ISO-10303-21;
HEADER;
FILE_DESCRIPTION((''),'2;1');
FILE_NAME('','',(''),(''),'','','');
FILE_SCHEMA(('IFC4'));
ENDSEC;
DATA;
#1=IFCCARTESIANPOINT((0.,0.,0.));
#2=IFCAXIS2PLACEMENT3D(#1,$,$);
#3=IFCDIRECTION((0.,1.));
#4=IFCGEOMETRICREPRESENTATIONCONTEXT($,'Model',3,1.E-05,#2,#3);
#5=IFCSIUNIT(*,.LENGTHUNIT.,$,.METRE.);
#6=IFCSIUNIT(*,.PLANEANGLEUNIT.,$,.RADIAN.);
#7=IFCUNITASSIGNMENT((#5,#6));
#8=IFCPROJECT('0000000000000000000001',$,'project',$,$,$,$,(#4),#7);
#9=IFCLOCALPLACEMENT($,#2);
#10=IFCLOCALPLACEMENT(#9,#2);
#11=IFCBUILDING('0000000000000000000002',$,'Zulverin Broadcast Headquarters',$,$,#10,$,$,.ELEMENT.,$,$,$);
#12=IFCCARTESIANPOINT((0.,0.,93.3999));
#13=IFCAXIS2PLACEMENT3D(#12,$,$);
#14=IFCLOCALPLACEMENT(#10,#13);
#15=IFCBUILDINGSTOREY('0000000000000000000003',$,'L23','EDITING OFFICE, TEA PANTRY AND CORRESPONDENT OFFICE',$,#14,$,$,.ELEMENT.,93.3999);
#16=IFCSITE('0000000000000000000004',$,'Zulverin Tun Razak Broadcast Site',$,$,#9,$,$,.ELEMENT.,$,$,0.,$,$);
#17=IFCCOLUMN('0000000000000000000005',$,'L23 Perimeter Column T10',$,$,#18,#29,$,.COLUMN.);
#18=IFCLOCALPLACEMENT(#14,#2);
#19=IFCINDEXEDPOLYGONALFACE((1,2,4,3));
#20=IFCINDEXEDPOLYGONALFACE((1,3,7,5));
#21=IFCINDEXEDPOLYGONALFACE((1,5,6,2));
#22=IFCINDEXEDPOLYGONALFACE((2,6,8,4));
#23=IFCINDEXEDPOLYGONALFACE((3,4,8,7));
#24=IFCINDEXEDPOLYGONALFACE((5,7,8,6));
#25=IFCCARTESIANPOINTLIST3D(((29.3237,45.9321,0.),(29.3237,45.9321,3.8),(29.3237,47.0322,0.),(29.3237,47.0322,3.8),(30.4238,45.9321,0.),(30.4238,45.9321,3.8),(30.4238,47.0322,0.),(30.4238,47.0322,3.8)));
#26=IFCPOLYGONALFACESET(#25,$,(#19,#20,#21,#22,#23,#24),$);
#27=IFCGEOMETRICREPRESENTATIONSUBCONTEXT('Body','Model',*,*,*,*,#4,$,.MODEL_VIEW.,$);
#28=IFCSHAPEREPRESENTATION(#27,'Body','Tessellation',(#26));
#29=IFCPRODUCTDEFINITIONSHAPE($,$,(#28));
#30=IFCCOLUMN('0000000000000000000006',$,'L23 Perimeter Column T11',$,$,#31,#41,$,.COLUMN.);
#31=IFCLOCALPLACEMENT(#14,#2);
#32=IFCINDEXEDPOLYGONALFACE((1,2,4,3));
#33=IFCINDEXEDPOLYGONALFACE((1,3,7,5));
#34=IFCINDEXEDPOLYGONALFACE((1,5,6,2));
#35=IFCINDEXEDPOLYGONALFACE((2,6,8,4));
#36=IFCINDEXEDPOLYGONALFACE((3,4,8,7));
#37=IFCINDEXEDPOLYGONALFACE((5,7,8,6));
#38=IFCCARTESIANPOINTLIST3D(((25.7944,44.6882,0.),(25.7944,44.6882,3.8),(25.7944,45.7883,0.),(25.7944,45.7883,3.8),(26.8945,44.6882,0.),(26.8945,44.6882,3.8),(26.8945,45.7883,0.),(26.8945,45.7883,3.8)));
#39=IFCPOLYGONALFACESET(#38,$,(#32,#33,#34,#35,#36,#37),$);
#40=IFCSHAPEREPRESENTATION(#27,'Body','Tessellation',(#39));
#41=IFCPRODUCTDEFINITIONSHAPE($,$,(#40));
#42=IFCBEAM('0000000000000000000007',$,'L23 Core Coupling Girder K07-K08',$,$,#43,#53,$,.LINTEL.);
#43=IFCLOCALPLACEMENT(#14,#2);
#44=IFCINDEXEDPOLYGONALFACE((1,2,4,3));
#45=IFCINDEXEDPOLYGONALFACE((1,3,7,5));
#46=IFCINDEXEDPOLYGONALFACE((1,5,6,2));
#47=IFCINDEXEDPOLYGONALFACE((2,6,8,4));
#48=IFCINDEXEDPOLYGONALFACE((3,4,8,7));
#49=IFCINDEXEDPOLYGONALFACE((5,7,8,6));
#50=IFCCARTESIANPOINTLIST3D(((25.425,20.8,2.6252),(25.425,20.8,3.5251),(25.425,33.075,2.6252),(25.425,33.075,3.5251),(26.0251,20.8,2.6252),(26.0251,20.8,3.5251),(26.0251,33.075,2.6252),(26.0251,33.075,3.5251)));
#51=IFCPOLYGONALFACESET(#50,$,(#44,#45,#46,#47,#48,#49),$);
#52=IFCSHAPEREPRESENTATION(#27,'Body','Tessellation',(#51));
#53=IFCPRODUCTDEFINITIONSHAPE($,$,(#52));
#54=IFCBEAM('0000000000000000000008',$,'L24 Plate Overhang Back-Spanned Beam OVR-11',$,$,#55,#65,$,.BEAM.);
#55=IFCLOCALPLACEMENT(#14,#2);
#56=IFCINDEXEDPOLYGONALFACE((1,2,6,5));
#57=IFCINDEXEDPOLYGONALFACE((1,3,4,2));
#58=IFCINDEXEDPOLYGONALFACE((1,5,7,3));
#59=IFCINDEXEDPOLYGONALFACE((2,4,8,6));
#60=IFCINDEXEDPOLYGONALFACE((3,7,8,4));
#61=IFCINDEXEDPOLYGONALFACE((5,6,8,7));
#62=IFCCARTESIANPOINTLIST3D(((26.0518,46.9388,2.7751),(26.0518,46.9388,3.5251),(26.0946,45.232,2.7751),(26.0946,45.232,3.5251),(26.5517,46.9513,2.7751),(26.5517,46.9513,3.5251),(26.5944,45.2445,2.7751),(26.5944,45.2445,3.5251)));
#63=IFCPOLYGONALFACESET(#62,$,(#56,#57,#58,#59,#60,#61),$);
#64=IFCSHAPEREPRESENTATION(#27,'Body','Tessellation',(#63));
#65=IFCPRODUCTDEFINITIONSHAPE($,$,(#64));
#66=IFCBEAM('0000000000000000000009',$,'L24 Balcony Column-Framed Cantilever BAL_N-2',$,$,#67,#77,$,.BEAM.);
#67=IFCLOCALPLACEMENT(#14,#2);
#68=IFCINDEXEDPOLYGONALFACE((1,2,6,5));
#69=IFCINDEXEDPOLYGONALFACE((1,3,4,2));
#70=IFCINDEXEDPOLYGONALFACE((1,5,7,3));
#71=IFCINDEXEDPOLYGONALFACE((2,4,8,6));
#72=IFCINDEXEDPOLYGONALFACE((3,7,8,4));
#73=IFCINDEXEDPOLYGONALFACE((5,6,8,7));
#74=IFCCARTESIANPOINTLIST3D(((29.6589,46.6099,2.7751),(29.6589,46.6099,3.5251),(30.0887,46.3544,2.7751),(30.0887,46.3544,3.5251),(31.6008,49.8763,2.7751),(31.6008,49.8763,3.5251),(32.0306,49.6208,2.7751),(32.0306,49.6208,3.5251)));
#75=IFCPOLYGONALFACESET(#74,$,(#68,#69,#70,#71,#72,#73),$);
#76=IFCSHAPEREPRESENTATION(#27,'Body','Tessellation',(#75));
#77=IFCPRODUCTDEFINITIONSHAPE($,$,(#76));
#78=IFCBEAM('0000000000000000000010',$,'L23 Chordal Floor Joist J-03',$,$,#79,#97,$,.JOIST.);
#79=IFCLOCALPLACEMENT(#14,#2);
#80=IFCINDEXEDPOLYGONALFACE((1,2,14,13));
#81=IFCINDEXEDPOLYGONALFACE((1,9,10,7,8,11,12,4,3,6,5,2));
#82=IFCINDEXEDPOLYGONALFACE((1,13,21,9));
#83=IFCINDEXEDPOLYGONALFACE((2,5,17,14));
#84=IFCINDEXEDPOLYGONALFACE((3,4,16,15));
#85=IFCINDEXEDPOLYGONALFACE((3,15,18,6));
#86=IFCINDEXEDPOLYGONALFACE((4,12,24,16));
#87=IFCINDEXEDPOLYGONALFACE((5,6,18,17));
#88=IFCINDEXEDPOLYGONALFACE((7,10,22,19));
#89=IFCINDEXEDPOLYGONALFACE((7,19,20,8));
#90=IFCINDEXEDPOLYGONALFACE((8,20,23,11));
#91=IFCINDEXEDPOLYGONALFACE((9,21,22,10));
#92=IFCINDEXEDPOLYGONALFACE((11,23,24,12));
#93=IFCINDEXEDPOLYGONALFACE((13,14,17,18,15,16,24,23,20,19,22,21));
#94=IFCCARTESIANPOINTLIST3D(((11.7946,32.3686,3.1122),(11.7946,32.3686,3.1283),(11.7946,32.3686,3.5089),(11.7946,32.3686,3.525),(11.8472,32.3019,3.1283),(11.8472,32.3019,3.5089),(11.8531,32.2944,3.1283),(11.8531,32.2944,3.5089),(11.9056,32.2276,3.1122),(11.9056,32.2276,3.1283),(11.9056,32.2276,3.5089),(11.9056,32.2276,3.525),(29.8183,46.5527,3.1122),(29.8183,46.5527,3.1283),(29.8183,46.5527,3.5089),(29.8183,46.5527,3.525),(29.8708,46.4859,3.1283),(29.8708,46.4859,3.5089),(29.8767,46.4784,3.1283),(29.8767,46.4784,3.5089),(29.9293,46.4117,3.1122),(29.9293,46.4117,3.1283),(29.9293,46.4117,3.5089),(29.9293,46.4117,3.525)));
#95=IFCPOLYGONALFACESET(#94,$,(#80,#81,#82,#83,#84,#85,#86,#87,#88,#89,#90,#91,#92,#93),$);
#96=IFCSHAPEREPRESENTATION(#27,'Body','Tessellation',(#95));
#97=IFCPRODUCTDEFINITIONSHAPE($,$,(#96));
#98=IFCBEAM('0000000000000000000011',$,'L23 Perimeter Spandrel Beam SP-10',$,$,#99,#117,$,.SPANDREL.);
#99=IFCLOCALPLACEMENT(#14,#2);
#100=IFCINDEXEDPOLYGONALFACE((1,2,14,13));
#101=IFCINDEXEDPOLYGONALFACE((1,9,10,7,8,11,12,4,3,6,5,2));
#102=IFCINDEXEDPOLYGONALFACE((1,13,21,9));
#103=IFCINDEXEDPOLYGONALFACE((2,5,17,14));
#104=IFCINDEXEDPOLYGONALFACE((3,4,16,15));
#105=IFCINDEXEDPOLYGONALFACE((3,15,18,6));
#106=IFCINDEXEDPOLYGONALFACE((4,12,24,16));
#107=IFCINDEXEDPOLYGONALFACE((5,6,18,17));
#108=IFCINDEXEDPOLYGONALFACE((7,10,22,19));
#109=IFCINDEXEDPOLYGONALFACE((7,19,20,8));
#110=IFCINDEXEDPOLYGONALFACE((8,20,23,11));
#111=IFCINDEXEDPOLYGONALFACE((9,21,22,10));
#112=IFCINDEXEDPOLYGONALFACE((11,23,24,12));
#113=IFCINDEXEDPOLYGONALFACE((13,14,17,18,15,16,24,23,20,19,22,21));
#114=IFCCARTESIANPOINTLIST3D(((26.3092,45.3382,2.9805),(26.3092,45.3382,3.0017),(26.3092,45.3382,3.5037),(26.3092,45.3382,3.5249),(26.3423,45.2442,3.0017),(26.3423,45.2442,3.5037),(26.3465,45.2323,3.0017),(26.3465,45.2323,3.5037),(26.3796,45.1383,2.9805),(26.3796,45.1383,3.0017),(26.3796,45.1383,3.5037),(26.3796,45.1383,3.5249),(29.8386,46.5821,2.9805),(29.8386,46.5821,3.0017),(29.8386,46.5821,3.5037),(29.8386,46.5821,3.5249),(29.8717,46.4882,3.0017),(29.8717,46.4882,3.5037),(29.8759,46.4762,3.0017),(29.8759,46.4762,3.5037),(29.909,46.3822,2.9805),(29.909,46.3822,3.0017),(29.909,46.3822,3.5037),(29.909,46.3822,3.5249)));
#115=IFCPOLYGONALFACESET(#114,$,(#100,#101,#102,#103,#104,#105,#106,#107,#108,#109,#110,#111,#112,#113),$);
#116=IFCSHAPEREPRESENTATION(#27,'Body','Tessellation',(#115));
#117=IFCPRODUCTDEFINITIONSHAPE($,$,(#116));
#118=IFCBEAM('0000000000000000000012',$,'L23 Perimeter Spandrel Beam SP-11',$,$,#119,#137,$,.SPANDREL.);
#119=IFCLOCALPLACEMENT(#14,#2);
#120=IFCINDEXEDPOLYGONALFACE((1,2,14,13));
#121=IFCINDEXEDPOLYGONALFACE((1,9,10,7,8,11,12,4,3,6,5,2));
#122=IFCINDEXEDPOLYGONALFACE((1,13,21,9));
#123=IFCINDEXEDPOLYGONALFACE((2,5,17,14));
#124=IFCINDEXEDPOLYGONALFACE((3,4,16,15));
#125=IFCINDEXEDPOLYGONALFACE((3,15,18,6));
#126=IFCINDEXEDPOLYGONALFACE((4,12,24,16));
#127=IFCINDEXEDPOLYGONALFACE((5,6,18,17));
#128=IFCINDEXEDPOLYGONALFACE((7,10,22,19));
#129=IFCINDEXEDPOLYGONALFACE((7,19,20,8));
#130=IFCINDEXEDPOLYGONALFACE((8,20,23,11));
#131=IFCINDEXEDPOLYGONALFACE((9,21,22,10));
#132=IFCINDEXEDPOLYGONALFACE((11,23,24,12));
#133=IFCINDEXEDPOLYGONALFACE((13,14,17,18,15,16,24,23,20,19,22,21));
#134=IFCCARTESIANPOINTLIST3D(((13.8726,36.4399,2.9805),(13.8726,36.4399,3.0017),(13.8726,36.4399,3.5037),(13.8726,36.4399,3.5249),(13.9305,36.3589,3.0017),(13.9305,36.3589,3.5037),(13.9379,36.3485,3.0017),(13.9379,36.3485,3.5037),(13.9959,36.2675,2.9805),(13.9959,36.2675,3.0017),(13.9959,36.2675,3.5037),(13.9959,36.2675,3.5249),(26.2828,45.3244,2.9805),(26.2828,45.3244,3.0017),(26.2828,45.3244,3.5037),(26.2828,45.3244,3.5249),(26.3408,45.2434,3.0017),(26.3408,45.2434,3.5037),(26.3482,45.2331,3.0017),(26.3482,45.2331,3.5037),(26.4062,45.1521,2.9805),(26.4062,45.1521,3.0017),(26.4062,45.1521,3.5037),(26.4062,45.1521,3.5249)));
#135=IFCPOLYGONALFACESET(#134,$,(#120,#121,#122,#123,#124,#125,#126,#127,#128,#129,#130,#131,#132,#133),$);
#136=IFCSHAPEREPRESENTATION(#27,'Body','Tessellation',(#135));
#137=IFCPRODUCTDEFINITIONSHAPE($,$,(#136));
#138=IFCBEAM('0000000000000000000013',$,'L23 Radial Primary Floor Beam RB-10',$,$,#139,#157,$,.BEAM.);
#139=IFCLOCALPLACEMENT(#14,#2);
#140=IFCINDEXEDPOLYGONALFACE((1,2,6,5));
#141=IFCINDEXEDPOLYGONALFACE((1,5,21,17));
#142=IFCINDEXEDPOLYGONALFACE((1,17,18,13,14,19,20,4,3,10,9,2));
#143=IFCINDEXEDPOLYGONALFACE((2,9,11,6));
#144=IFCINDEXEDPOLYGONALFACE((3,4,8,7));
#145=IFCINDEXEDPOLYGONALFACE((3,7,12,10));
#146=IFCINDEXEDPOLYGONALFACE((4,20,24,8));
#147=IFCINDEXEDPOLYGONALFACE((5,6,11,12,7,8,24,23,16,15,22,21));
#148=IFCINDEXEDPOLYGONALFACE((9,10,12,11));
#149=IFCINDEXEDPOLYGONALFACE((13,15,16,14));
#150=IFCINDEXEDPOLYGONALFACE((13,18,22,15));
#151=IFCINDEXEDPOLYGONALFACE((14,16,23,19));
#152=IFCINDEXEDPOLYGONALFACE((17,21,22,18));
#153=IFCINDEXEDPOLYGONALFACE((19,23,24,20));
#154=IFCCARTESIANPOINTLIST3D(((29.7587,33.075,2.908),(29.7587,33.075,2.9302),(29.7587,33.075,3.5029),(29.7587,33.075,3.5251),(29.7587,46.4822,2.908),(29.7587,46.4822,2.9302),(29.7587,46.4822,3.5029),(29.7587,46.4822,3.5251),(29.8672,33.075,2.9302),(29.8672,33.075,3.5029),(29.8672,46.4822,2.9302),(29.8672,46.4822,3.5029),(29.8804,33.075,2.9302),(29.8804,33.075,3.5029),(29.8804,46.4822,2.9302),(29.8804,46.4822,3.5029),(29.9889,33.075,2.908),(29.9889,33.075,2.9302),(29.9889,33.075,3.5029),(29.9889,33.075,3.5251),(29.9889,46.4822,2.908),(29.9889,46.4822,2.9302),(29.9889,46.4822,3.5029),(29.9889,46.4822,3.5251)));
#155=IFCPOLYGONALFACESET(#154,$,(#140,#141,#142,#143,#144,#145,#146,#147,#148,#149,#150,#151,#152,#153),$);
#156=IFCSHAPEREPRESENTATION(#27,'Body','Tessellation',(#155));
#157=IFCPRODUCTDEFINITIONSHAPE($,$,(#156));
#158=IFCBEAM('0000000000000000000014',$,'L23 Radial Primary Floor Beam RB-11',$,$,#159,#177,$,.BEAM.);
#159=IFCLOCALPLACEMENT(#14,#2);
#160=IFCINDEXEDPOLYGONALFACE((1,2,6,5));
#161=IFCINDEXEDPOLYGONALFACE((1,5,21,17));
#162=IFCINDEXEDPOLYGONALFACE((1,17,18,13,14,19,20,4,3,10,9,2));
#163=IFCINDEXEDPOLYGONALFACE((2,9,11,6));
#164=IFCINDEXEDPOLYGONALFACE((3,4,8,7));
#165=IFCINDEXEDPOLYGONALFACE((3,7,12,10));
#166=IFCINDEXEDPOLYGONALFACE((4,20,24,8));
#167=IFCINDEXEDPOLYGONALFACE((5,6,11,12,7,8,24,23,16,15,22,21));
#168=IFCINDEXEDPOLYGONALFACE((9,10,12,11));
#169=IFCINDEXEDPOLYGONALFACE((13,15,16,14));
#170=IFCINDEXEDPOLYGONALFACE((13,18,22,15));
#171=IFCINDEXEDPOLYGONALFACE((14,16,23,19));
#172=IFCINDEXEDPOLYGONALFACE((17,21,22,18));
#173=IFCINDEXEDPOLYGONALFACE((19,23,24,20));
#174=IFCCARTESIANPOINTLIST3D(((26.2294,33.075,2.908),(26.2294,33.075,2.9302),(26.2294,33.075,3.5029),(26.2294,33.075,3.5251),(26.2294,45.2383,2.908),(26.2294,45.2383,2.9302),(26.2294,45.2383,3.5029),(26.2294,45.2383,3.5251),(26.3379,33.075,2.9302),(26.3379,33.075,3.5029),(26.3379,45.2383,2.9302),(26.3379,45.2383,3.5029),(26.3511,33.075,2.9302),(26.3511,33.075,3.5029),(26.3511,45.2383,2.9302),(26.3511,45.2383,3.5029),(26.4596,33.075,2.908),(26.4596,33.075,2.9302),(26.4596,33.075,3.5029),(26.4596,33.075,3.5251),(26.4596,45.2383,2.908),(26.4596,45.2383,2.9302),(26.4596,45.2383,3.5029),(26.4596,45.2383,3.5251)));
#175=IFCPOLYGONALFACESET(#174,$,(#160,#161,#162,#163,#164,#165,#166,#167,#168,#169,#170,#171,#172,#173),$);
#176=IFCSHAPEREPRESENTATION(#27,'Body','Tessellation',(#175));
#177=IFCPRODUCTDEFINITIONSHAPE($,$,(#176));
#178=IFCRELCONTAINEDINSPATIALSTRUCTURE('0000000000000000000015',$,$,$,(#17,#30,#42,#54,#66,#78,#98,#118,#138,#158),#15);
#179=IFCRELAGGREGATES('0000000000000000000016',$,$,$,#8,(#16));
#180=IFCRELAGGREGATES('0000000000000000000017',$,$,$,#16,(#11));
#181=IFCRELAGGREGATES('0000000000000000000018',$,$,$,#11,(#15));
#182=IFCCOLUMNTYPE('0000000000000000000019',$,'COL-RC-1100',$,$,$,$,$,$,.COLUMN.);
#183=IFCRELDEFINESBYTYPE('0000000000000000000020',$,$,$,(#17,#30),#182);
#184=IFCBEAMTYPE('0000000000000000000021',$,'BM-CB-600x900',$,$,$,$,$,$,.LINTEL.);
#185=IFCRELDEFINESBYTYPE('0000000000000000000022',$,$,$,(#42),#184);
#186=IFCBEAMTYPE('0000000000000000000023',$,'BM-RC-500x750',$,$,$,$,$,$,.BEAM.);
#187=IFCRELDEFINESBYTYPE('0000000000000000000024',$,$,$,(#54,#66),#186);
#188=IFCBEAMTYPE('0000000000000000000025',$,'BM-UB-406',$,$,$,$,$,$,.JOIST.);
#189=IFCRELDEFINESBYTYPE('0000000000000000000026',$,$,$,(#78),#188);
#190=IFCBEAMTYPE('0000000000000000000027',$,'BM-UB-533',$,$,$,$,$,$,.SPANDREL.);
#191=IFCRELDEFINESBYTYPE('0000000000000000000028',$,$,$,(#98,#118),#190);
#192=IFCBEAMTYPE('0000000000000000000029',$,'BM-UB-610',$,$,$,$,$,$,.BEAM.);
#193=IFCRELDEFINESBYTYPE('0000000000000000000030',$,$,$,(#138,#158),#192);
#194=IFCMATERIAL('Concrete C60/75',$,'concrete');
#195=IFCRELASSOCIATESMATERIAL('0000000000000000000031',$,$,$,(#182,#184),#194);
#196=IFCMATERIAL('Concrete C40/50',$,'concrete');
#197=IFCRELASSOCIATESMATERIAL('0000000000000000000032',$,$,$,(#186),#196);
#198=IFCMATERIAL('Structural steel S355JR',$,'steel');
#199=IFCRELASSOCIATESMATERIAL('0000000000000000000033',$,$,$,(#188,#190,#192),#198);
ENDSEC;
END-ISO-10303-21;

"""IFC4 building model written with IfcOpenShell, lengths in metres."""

from ifc_helpers import new_model, si_unit, direction, frame, origin, origin_2d, place, context, subcontext, project, spatial, rectangle, i_section, extrude, material, material_profile, profile_set, type_object, element, save


model = new_model("IFC4")

# Units and contexts
model_context = context("Model", 3, precision=1e-05, world=origin(), true_north=direction((0.0, 1.0)))
body_context = subcontext(model_context, "Body", "Model", "MODEL_VIEW")
ifc_project = project(units=[si_unit("LENGTHUNIT", "METRE"), si_unit("PLANEANGLEUNIT", "RADIAN")], contexts=[model_context])

# Site, building, storey
site_placement = place(None, origin())
site = spatial("IfcSite", under=ifc_project, at=site_placement, Name="Zulverin Tun Razak Broadcast Site", CompositionType="ELEMENT", RefElevation=0.0)
building_placement = place(site_placement, origin())
building = spatial("IfcBuilding", under=site, at=building_placement, Name="Zulverin Broadcast Headquarters", CompositionType="ELEMENT")
storey_placement = place(building_placement, frame((0.0, 0.0, 93.3999)))
storey = spatial("IfcBuildingStorey", under=building, at=storey_placement, Name="L23", Description="EDITING OFFICE, TEA PANTRY AND CORRESPONDENT OFFICE", CompositionType="ELEMENT", Elevation=93.3999)

# Columns
ifc_material_1 = material(Name="Concrete C60/75", Category="concrete")
ifc_material_profile_1 = material_profile(ifc_material_1, rectangle(XDim=1.1001, YDim=1.1001, at=origin_2d()), Name="Concrete C60/75", Category="concrete")
ifc_profile_set_1 = profile_set([ifc_material_profile_1], Name="Concrete C60/75")
column_type = type_object("IfcColumnType", Name="COL-RC-1100", PredefinedType="COLUMN", material=ifc_profile_set_1)
for number, where, z_axis, x_axis, name in (
    (1, (29.8738, 46.4822, 0.0), (0.0, 0.0, 1.0), (1.0, 0.0, 0.0), "L23 Perimeter Column T10"),
    (2, (26.3445, 45.2383, 0.0), (0.0, 0.0, 1.0), (1.0, 0.0, 0.0), "L23 Perimeter Column T11"),
):
    element("IfcColumn", number, at=place(storey_placement, frame(where, z_axis=z_axis, x_axis=x_axis)), inside=storey, type_object=column_type, Name=name, PredefinedType="COLUMN", context=body_context, shape_type="SweptSolid", body=[
        extrude(rectangle(XDim=1.1001, YDim=1.1001, at=origin_2d()), origin(), (0.0, 0.0, 1.0), 3.8),
    ])

# Beams
ifc_material_profile_2 = material_profile(ifc_material_1, rectangle(XDim=0.6001, YDim=0.8999, at=origin_2d()), Name="Concrete C60/75", Category="concrete")
ifc_profile_set_2 = profile_set([ifc_material_profile_2], Name="Concrete C60/75")
beam_type_1 = type_object("IfcBeamType", Name="BM-CB-600x900", PredefinedType="LINTEL", material=ifc_profile_set_2)
beam_1_placement = place(storey_placement, frame((25.7251, 33.075, 3.0752), z_axis=(0.0, -1.0, 0.0), x_axis=(1.0, 0.0, 0.0)))
element("IfcBeam", 3, at=beam_1_placement, inside=storey, type_object=beam_type_1, Name="L23 Core Coupling Girder K07-K08", PredefinedType="LINTEL", context=body_context, shape_type="SweptSolid", body=[
    extrude(rectangle(XDim=0.6001, YDim=0.8999, at=origin_2d()), origin(), (0.0, 0.0, 1.0), 12.2749),
])
ifc_material_2 = material(Name="Concrete C40/50", Category="concrete")
ifc_material_profile_3 = material_profile(ifc_material_2, rectangle(XDim=0.5, YDim=0.75, at=origin_2d()), Name="Concrete C40/50", Category="concrete")
ifc_profile_set_3 = profile_set([ifc_material_profile_3], Name="Concrete C40/50")
beam_type_2 = type_object("IfcBeamType", Name="BM-RC-500x750", PredefinedType="BEAM", material=ifc_profile_set_3)
beam_2_placement = place(storey_placement, frame((26.3445, 45.2383, 3.1501), z_axis=(-0.025024, 0.999687, 0.0), x_axis=(-0.999687, -0.025024, 0.0)))
element("IfcBeam", 4, at=beam_2_placement, inside=storey, type_object=beam_type_2, Name="L24 Plate Overhang Back-Spanned Beam OVR-11", PredefinedType="BEAM", context=body_context, shape_type="SweptSolid", body=[
    extrude(rectangle(XDim=0.5, YDim=0.75, at=origin_2d()), origin(), (0.0, 0.0, 1.0), 1.7073),
])
beam_3_placement = place(storey_placement, frame((29.8738, 46.4822, 3.1501), z_axis=(0.511024, 0.859566, 0.0), x_axis=(-0.859566, 0.511024, 0.0)))
element("IfcBeam", 5, at=beam_3_placement, inside=storey, type_object=beam_type_2, Name="L24 Balcony Column-Framed Cantilever BAL_N-2", PredefinedType="BEAM", context=body_context, shape_type="SweptSolid", body=[
    extrude(rectangle(XDim=0.5, YDim=0.75, at=origin_2d()), origin(), (0.0, 0.0, 1.0), 3.8),
])
ifc_material_3 = material(Name="Structural steel S355JR", Category="steel")
ifc_material_profile_4 = material_profile(ifc_material_3, i_section(OverallWidth=0.1794, OverallDepth=0.4128, WebThickness=0.0095, FlangeThickness=0.0161, at=origin_2d()), Name="Structural steel S355JR", Category="steel")
ifc_profile_set_4 = profile_set([ifc_material_profile_4], Name="Structural steel S355JR")
beam_type_3 = type_object("IfcBeamType", Name="BM-UB-406", PredefinedType="JOIST", material=ifc_profile_set_4)
beam_4_placement = place(storey_placement, frame((29.8738, 46.4822, 3.3186), z_axis=(-0.785839, -0.618431, 0.0), x_axis=(0.618431, -0.785839, 0.0)))
element("IfcBeam", 6, at=beam_4_placement, inside=storey, type_object=beam_type_3, Name="L23 Chordal Floor Joist J-03", PredefinedType="JOIST", context=body_context, shape_type="SweptSolid", body=[
    extrude(i_section(OverallWidth=0.1794, OverallDepth=0.4128, WebThickness=0.0095, FlangeThickness=0.0161, at=origin_2d()), origin(), (0.0, 0.0, 1.0), 22.9355),
])
ifc_material_profile_5 = material_profile(ifc_material_3, i_section(OverallWidth=0.2119, OverallDepth=0.5444, WebThickness=0.0127, FlangeThickness=0.0212, at=origin_2d()), Name="Structural steel S355JR", Category="steel")
ifc_profile_set_5 = profile_set([ifc_material_profile_5], Name="Structural steel S355JR")
beam_type_4 = type_object("IfcBeamType", Name="BM-UB-533", PredefinedType="SPANDREL", material=ifc_profile_set_5)
beam_5_placement = place(storey_placement, frame((29.8738, 46.4822, 3.2527), z_axis=(-0.943136, -0.332407, 0.0), x_axis=(0.332407, -0.943136, 0.0)))
element("IfcBeam", 7, at=beam_5_placement, inside=storey, type_object=beam_type_4, Name="L23 Perimeter Spandrel Beam SP-10", PredefinedType="SPANDREL", context=body_context, shape_type="SweptSolid", body=[
    extrude(i_section(OverallWidth=0.2119, OverallDepth=0.5444, WebThickness=0.0127, FlangeThickness=0.0212, at=origin_2d()), origin(), (0.0, 0.0, 1.0), 3.7422),
])
beam_6_placement = place(storey_placement, frame((26.3445, 45.2383, 3.2527), z_axis=(-0.813109, -0.582111, 0.0), x_axis=(0.582111, -0.813109, 0.0)))
element("IfcBeam", 8, at=beam_6_placement, inside=storey, type_object=beam_type_4, Name="L23 Perimeter Spandrel Beam SP-11", PredefinedType="SPANDREL", context=body_context, shape_type="SweptSolid", body=[
    extrude(i_section(OverallWidth=0.2119, OverallDepth=0.5444, WebThickness=0.0127, FlangeThickness=0.0212, at=origin_2d()), origin(), (0.0, 0.0, 1.0), 15.2627),
])
ifc_material_profile_6 = material_profile(ifc_material_3, i_section(OverallWidth=0.2302, OverallDepth=0.6172, WebThickness=0.0132, FlangeThickness=0.0222, at=origin_2d()), Name="Structural steel S355JR", Category="steel")
ifc_profile_set_6 = profile_set([ifc_material_profile_6], Name="Structural steel S355JR")
beam_type_5 = type_object("IfcBeamType", Name="BM-UB-610", PredefinedType="BEAM", material=ifc_profile_set_6)
beam_7_placement = place(storey_placement, frame((29.8738, 33.075, 3.2166), z_axis=(0.0, 1.0, 0.0), x_axis=(-1.0, 0.0, 0.0)))
element("IfcBeam", 9, at=beam_7_placement, inside=storey, type_object=beam_type_5, Name="L23 Radial Primary Floor Beam RB-10", PredefinedType="BEAM", context=body_context, shape_type="SweptSolid", body=[
    extrude(i_section(OverallWidth=0.2302, OverallDepth=0.6172, WebThickness=0.0132, FlangeThickness=0.0222, at=origin_2d()), origin(), (0.0, 0.0, 1.0), 13.4072),
])
beam_8_placement = place(storey_placement, frame((26.3445, 33.075, 3.2166), z_axis=(0.0, 1.0, 0.0), x_axis=(-1.0, 0.0, 0.0)))
element("IfcBeam", 10, at=beam_8_placement, inside=storey, type_object=beam_type_5, Name="L23 Radial Primary Floor Beam RB-11", PredefinedType="BEAM", context=body_context, shape_type="SweptSolid", body=[
    extrude(i_section(OverallWidth=0.2302, OverallDepth=0.6172, WebThickness=0.0132, FlangeThickness=0.0222, at=origin_2d()), origin(), (0.0, 0.0, 1.0), 12.1633),
])

save(model, "model.ifc")
